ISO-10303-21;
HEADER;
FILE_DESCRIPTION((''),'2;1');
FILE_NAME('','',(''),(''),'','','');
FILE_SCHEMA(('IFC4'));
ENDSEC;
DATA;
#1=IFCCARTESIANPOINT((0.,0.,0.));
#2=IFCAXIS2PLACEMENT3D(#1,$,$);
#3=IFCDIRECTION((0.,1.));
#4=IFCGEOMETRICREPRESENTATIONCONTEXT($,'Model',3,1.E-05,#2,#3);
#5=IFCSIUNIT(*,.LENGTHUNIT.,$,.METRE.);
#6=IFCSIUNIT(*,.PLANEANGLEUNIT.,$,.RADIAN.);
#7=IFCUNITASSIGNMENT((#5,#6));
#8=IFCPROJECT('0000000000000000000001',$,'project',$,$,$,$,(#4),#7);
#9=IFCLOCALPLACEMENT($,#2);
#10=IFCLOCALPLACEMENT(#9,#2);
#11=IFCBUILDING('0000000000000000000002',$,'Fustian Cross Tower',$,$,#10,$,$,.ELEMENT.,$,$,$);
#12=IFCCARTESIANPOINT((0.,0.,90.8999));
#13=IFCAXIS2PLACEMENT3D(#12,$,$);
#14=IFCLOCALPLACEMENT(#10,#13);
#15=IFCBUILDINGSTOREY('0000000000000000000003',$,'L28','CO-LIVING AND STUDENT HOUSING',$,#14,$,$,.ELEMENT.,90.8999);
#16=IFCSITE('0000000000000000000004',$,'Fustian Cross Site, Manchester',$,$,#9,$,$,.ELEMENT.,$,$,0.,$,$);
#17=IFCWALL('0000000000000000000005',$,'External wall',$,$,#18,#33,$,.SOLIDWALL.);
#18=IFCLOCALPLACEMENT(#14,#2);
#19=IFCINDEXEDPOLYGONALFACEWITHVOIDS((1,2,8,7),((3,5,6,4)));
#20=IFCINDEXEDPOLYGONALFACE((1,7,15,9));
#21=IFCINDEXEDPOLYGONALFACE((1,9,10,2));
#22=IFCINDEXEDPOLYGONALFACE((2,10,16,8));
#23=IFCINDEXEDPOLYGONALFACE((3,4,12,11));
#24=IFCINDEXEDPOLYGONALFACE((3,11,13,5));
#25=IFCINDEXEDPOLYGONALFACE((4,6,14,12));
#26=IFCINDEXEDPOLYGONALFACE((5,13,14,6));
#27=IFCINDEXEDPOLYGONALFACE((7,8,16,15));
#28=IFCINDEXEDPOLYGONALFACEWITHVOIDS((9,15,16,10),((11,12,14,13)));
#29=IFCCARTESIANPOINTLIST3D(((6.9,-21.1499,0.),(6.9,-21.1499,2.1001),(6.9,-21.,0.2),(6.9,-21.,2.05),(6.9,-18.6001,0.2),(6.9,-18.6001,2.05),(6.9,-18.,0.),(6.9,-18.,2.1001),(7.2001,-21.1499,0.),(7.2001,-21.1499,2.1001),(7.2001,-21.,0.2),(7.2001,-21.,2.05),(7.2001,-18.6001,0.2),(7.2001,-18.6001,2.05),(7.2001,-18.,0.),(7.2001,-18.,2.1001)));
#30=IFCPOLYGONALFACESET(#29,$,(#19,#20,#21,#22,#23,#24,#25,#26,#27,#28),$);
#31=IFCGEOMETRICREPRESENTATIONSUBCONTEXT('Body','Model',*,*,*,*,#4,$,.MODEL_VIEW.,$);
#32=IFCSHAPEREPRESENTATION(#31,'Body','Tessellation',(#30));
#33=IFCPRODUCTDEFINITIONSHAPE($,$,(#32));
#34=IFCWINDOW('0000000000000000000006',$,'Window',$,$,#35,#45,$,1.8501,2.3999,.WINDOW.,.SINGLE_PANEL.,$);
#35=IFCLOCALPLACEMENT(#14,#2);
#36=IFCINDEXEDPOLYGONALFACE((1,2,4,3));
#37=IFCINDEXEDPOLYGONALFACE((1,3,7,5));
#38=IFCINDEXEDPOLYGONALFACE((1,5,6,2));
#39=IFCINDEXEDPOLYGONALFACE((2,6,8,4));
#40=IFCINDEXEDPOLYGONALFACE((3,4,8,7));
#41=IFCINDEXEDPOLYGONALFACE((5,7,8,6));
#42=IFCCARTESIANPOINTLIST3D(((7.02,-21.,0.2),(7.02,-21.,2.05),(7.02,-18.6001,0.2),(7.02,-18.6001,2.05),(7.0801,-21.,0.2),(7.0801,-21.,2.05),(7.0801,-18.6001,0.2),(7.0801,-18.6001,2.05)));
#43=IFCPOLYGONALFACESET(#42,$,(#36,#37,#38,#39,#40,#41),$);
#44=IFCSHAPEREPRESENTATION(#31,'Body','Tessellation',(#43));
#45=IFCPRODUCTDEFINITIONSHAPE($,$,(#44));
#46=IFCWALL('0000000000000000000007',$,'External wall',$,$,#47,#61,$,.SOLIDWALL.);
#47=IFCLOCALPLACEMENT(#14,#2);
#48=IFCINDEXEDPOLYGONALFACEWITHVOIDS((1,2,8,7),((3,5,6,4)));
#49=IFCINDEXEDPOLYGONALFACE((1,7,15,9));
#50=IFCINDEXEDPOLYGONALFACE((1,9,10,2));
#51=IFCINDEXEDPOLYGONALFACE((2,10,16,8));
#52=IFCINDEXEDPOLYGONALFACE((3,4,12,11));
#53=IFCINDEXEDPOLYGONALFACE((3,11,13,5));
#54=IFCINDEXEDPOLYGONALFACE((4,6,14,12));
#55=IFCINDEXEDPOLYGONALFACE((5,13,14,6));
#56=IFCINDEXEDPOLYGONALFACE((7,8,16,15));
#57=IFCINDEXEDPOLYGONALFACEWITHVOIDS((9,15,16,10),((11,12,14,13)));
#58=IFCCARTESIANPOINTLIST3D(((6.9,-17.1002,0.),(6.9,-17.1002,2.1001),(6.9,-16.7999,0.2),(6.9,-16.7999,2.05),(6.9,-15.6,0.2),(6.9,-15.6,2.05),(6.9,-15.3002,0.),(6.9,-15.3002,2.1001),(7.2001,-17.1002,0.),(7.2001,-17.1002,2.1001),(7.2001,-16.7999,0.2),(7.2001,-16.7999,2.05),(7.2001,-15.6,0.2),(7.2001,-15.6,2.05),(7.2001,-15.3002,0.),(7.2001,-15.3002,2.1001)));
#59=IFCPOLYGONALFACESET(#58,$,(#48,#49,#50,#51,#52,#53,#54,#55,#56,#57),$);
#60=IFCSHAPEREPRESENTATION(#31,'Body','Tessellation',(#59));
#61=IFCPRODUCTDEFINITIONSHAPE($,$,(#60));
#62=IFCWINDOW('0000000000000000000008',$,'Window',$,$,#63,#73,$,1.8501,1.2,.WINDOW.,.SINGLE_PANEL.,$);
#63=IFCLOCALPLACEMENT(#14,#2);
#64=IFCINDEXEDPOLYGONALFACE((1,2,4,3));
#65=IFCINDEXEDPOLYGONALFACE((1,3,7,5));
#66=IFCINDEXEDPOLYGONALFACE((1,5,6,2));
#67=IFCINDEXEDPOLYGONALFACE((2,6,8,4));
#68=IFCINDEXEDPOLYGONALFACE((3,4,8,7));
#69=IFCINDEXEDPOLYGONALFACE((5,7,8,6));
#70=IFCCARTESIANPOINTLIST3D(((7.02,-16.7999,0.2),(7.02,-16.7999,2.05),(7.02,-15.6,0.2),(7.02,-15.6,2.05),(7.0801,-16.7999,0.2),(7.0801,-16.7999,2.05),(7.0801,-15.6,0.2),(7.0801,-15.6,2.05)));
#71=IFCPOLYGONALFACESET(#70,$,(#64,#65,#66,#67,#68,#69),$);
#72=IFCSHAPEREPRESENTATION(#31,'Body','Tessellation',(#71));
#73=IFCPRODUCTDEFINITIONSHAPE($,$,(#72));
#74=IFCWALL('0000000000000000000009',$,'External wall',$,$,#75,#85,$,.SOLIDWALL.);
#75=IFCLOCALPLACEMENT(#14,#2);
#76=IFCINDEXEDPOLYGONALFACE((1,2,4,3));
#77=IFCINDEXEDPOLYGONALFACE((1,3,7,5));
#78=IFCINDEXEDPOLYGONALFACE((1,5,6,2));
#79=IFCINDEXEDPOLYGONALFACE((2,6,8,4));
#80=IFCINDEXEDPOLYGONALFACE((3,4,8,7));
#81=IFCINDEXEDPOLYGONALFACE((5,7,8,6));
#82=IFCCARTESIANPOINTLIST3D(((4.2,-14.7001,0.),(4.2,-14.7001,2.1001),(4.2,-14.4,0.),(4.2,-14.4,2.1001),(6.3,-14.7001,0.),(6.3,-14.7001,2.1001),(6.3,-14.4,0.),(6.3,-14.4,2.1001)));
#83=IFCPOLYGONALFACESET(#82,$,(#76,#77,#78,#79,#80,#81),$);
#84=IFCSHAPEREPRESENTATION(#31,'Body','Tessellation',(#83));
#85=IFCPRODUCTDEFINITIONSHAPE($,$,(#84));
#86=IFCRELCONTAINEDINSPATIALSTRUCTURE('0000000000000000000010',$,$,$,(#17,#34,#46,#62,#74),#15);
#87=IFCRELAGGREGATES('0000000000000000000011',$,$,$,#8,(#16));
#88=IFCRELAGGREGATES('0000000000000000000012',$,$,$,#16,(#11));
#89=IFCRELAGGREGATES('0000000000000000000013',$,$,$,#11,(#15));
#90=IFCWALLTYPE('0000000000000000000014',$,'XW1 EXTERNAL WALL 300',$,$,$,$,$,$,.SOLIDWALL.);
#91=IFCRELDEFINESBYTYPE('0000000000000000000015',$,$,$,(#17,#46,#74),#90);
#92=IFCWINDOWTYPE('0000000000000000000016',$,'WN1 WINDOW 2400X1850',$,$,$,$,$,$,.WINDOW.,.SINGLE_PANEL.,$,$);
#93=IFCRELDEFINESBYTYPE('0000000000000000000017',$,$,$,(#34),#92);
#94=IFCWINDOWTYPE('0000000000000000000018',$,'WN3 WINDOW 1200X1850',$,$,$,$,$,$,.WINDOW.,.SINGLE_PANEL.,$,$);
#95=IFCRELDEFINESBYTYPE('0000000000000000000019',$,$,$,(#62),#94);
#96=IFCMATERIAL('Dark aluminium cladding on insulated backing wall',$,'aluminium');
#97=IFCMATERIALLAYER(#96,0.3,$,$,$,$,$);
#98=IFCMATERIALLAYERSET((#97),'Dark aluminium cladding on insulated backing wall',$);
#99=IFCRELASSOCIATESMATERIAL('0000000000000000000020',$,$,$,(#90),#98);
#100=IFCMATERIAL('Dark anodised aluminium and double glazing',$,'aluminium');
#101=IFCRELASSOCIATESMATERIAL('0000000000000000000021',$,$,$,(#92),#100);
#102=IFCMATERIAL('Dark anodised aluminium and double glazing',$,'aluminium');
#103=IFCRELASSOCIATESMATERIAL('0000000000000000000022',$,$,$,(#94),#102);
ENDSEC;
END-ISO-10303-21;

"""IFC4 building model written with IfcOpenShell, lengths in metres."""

from ifc_helpers import new_model, si_unit, direction, frame, frame_2d, origin, place, context, subcontext, project, spatial, rectangle, extrude, material, layer, layer_set, type_object, element, fill, save


model = new_model("IFC4")

# Units and contexts
model_context = context("Model", 3, precision=1e-05, world=origin(), true_north=direction((0.0, 1.0)))
body_context = subcontext(model_context, "Body", "Model", "MODEL_VIEW")
ifc_project = project(units=[si_unit("LENGTHUNIT", "METRE"), si_unit("PLANEANGLEUNIT", "RADIAN")], contexts=[model_context])

# Site, building, storey
site_placement = place(None, origin())
site = spatial("IfcSite", under=ifc_project, at=site_placement, Name="Fustian Cross Site, Manchester", CompositionType="ELEMENT", RefElevation=0.0)
building_placement = place(site_placement, origin())
building = spatial("IfcBuilding", under=site, at=building_placement, Name="Fustian Cross Tower", CompositionType="ELEMENT")
storey_placement = place(building_placement, frame((0.0, 0.0, 90.8999)))
storey = spatial("IfcBuildingStorey", under=building, at=storey_placement, Name="L28", Description="CO-LIVING AND STUDENT HOUSING", CompositionType="ELEMENT", Elevation=90.8999)

# Walls, openings, windows
ifc_material_1 = material(Name="Dark aluminium cladding on insulated backing wall", Category="aluminium")
ifc_layer_1 = layer(ifc_material_1, 0.3)
ifc_layer_set_1 = layer_set([ifc_layer_1], Name="Dark aluminium cladding on insulated backing wall")
wall_type_1 = type_object("IfcWallType", Name="XW1 EXTERNAL WALL 300", PredefinedType="SOLIDWALL", material=ifc_layer_set_1)
wall_1_placement = place(storey_placement, frame((7.05, -21.1499, 0.0), z_axis=(0.0, 0.0, 1.0), x_axis=(0.0, 1.0, 0.0)))
wall_1 = element("IfcWall", 1, at=wall_1_placement, inside=storey, type_object=wall_type_1, Name="External wall", PredefinedType="SOLIDWALL", context=body_context, shape_type="SweptSolid", body=[
    extrude(rectangle(XDim=3.1499, YDim=0.3, at=frame_2d((1.575, 0.0))), origin(), (0.0, 0.0, 1.0), 2.1001),
])
opening_1_placement = place(wall_1_placement, frame((0.1499, 0.0, 0.2)))
opening_1 = element("IfcOpeningElement", 2, at=opening_1_placement, cuts=wall_1, PredefinedType="OPENING", context=body_context, shape_type="SweptSolid", body=[
    extrude(rectangle(XDim=2.3999, YDim=1.8501, at=frame_2d((1.2, 0.925))), frame((0.0, 0.1599, 0.0), z_axis=(0.0, -1.0, 0.0), x_axis=(1.0, 0.0, 0.0)), (0.0, 0.0, 1.0), 0.3201),
])
ifc_material_2 = material(Name="Dark anodised aluminium and double glazing", Category="aluminium")
window_type_1 = type_object("IfcWindowType", Name="WN1 WINDOW 2400X1850", PartitioningType="SINGLE_PANEL", PredefinedType="WINDOW", material=ifc_material_2)
window_1_placement = place(opening_1_placement, origin())
window_1 = element("IfcWindow", 3, at=window_1_placement, inside=storey, type_object=window_type_1, Name="Window", OverallHeight=1.8501, OverallWidth=2.3999, PartitioningType="SINGLE_PANEL", PredefinedType="WINDOW", context=body_context, shape_type="SweptSolid", body=[
    extrude(rectangle(XDim=2.3999, YDim=1.8501, at=frame_2d((1.2, 0.925))), frame((0.0, 0.03, 0.0), z_axis=(0.0, -1.0, 0.0), x_axis=(1.0, 0.0, 0.0)), (0.0, 0.0, 1.0), 0.0601),
])
fill(opening_1, window_1)
wall_2_placement = place(storey_placement, frame((7.05, -17.1001, 0.0), z_axis=(0.0, 0.0, 1.0), x_axis=(0.0, 1.0, 0.0)))
wall_2 = element("IfcWall", 4, at=wall_2_placement, inside=storey, type_object=wall_type_1, Name="External wall", PredefinedType="SOLIDWALL", context=body_context, shape_type="SweptSolid", body=[
    extrude(rectangle(XDim=1.8, YDim=0.3, at=frame_2d((0.8999, 0.0))), origin(), (0.0, 0.0, 1.0), 2.1001),
])
opening_2_placement = place(wall_2_placement, frame((0.3, 0.0, 0.2)))
opening_2 = element("IfcOpeningElement", 5, at=opening_2_placement, cuts=wall_2, PredefinedType="OPENING", context=body_context, shape_type="SweptSolid", body=[
    extrude(rectangle(XDim=1.2, YDim=1.8501, at=frame_2d((0.6001, 0.925))), frame((0.0, 0.1599, 0.0), z_axis=(0.0, -1.0, 0.0), x_axis=(1.0, 0.0, 0.0)), (0.0, 0.0, 1.0), 0.3201),
])
ifc_material_3 = material(Name="Dark anodised aluminium and double glazing", Category="aluminium")
window_type_2 = type_object("IfcWindowType", Name="WN3 WINDOW 1200X1850", PartitioningType="SINGLE_PANEL", PredefinedType="WINDOW", material=ifc_material_3)
window_2_placement = place(opening_2_placement, origin())
window_2 = element("IfcWindow", 6, at=window_2_placement, inside=storey, type_object=window_type_2, Name="Window", OverallHeight=1.8501, OverallWidth=1.2, PartitioningType="SINGLE_PANEL", PredefinedType="WINDOW", context=body_context, shape_type="SweptSolid", body=[
    extrude(rectangle(XDim=1.2, YDim=1.8501, at=frame_2d((0.6001, 0.925))), frame((0.0, 0.03, 0.0), z_axis=(0.0, -1.0, 0.0), x_axis=(1.0, 0.0, 0.0)), (0.0, 0.0, 1.0), 0.0601),
])
fill(opening_2, window_2)

# Wall
wall_3_placement = place(storey_placement, frame((6.3, -14.55, 0.0), z_axis=(0.0, 0.0, 1.0), x_axis=(-1.0, 0.0, 0.0)))
element("IfcWall", 7, at=wall_3_placement, inside=storey, type_object=wall_type_1, Name="External wall", PredefinedType="SOLIDWALL", context=body_context, shape_type="SweptSolid", body=[
    extrude(rectangle(XDim=2.1001, YDim=0.3, at=frame_2d((1.05, 0.0))), origin(), (0.0, 0.0, 1.0), 2.1001),
])

save(model, "model.ifc")
